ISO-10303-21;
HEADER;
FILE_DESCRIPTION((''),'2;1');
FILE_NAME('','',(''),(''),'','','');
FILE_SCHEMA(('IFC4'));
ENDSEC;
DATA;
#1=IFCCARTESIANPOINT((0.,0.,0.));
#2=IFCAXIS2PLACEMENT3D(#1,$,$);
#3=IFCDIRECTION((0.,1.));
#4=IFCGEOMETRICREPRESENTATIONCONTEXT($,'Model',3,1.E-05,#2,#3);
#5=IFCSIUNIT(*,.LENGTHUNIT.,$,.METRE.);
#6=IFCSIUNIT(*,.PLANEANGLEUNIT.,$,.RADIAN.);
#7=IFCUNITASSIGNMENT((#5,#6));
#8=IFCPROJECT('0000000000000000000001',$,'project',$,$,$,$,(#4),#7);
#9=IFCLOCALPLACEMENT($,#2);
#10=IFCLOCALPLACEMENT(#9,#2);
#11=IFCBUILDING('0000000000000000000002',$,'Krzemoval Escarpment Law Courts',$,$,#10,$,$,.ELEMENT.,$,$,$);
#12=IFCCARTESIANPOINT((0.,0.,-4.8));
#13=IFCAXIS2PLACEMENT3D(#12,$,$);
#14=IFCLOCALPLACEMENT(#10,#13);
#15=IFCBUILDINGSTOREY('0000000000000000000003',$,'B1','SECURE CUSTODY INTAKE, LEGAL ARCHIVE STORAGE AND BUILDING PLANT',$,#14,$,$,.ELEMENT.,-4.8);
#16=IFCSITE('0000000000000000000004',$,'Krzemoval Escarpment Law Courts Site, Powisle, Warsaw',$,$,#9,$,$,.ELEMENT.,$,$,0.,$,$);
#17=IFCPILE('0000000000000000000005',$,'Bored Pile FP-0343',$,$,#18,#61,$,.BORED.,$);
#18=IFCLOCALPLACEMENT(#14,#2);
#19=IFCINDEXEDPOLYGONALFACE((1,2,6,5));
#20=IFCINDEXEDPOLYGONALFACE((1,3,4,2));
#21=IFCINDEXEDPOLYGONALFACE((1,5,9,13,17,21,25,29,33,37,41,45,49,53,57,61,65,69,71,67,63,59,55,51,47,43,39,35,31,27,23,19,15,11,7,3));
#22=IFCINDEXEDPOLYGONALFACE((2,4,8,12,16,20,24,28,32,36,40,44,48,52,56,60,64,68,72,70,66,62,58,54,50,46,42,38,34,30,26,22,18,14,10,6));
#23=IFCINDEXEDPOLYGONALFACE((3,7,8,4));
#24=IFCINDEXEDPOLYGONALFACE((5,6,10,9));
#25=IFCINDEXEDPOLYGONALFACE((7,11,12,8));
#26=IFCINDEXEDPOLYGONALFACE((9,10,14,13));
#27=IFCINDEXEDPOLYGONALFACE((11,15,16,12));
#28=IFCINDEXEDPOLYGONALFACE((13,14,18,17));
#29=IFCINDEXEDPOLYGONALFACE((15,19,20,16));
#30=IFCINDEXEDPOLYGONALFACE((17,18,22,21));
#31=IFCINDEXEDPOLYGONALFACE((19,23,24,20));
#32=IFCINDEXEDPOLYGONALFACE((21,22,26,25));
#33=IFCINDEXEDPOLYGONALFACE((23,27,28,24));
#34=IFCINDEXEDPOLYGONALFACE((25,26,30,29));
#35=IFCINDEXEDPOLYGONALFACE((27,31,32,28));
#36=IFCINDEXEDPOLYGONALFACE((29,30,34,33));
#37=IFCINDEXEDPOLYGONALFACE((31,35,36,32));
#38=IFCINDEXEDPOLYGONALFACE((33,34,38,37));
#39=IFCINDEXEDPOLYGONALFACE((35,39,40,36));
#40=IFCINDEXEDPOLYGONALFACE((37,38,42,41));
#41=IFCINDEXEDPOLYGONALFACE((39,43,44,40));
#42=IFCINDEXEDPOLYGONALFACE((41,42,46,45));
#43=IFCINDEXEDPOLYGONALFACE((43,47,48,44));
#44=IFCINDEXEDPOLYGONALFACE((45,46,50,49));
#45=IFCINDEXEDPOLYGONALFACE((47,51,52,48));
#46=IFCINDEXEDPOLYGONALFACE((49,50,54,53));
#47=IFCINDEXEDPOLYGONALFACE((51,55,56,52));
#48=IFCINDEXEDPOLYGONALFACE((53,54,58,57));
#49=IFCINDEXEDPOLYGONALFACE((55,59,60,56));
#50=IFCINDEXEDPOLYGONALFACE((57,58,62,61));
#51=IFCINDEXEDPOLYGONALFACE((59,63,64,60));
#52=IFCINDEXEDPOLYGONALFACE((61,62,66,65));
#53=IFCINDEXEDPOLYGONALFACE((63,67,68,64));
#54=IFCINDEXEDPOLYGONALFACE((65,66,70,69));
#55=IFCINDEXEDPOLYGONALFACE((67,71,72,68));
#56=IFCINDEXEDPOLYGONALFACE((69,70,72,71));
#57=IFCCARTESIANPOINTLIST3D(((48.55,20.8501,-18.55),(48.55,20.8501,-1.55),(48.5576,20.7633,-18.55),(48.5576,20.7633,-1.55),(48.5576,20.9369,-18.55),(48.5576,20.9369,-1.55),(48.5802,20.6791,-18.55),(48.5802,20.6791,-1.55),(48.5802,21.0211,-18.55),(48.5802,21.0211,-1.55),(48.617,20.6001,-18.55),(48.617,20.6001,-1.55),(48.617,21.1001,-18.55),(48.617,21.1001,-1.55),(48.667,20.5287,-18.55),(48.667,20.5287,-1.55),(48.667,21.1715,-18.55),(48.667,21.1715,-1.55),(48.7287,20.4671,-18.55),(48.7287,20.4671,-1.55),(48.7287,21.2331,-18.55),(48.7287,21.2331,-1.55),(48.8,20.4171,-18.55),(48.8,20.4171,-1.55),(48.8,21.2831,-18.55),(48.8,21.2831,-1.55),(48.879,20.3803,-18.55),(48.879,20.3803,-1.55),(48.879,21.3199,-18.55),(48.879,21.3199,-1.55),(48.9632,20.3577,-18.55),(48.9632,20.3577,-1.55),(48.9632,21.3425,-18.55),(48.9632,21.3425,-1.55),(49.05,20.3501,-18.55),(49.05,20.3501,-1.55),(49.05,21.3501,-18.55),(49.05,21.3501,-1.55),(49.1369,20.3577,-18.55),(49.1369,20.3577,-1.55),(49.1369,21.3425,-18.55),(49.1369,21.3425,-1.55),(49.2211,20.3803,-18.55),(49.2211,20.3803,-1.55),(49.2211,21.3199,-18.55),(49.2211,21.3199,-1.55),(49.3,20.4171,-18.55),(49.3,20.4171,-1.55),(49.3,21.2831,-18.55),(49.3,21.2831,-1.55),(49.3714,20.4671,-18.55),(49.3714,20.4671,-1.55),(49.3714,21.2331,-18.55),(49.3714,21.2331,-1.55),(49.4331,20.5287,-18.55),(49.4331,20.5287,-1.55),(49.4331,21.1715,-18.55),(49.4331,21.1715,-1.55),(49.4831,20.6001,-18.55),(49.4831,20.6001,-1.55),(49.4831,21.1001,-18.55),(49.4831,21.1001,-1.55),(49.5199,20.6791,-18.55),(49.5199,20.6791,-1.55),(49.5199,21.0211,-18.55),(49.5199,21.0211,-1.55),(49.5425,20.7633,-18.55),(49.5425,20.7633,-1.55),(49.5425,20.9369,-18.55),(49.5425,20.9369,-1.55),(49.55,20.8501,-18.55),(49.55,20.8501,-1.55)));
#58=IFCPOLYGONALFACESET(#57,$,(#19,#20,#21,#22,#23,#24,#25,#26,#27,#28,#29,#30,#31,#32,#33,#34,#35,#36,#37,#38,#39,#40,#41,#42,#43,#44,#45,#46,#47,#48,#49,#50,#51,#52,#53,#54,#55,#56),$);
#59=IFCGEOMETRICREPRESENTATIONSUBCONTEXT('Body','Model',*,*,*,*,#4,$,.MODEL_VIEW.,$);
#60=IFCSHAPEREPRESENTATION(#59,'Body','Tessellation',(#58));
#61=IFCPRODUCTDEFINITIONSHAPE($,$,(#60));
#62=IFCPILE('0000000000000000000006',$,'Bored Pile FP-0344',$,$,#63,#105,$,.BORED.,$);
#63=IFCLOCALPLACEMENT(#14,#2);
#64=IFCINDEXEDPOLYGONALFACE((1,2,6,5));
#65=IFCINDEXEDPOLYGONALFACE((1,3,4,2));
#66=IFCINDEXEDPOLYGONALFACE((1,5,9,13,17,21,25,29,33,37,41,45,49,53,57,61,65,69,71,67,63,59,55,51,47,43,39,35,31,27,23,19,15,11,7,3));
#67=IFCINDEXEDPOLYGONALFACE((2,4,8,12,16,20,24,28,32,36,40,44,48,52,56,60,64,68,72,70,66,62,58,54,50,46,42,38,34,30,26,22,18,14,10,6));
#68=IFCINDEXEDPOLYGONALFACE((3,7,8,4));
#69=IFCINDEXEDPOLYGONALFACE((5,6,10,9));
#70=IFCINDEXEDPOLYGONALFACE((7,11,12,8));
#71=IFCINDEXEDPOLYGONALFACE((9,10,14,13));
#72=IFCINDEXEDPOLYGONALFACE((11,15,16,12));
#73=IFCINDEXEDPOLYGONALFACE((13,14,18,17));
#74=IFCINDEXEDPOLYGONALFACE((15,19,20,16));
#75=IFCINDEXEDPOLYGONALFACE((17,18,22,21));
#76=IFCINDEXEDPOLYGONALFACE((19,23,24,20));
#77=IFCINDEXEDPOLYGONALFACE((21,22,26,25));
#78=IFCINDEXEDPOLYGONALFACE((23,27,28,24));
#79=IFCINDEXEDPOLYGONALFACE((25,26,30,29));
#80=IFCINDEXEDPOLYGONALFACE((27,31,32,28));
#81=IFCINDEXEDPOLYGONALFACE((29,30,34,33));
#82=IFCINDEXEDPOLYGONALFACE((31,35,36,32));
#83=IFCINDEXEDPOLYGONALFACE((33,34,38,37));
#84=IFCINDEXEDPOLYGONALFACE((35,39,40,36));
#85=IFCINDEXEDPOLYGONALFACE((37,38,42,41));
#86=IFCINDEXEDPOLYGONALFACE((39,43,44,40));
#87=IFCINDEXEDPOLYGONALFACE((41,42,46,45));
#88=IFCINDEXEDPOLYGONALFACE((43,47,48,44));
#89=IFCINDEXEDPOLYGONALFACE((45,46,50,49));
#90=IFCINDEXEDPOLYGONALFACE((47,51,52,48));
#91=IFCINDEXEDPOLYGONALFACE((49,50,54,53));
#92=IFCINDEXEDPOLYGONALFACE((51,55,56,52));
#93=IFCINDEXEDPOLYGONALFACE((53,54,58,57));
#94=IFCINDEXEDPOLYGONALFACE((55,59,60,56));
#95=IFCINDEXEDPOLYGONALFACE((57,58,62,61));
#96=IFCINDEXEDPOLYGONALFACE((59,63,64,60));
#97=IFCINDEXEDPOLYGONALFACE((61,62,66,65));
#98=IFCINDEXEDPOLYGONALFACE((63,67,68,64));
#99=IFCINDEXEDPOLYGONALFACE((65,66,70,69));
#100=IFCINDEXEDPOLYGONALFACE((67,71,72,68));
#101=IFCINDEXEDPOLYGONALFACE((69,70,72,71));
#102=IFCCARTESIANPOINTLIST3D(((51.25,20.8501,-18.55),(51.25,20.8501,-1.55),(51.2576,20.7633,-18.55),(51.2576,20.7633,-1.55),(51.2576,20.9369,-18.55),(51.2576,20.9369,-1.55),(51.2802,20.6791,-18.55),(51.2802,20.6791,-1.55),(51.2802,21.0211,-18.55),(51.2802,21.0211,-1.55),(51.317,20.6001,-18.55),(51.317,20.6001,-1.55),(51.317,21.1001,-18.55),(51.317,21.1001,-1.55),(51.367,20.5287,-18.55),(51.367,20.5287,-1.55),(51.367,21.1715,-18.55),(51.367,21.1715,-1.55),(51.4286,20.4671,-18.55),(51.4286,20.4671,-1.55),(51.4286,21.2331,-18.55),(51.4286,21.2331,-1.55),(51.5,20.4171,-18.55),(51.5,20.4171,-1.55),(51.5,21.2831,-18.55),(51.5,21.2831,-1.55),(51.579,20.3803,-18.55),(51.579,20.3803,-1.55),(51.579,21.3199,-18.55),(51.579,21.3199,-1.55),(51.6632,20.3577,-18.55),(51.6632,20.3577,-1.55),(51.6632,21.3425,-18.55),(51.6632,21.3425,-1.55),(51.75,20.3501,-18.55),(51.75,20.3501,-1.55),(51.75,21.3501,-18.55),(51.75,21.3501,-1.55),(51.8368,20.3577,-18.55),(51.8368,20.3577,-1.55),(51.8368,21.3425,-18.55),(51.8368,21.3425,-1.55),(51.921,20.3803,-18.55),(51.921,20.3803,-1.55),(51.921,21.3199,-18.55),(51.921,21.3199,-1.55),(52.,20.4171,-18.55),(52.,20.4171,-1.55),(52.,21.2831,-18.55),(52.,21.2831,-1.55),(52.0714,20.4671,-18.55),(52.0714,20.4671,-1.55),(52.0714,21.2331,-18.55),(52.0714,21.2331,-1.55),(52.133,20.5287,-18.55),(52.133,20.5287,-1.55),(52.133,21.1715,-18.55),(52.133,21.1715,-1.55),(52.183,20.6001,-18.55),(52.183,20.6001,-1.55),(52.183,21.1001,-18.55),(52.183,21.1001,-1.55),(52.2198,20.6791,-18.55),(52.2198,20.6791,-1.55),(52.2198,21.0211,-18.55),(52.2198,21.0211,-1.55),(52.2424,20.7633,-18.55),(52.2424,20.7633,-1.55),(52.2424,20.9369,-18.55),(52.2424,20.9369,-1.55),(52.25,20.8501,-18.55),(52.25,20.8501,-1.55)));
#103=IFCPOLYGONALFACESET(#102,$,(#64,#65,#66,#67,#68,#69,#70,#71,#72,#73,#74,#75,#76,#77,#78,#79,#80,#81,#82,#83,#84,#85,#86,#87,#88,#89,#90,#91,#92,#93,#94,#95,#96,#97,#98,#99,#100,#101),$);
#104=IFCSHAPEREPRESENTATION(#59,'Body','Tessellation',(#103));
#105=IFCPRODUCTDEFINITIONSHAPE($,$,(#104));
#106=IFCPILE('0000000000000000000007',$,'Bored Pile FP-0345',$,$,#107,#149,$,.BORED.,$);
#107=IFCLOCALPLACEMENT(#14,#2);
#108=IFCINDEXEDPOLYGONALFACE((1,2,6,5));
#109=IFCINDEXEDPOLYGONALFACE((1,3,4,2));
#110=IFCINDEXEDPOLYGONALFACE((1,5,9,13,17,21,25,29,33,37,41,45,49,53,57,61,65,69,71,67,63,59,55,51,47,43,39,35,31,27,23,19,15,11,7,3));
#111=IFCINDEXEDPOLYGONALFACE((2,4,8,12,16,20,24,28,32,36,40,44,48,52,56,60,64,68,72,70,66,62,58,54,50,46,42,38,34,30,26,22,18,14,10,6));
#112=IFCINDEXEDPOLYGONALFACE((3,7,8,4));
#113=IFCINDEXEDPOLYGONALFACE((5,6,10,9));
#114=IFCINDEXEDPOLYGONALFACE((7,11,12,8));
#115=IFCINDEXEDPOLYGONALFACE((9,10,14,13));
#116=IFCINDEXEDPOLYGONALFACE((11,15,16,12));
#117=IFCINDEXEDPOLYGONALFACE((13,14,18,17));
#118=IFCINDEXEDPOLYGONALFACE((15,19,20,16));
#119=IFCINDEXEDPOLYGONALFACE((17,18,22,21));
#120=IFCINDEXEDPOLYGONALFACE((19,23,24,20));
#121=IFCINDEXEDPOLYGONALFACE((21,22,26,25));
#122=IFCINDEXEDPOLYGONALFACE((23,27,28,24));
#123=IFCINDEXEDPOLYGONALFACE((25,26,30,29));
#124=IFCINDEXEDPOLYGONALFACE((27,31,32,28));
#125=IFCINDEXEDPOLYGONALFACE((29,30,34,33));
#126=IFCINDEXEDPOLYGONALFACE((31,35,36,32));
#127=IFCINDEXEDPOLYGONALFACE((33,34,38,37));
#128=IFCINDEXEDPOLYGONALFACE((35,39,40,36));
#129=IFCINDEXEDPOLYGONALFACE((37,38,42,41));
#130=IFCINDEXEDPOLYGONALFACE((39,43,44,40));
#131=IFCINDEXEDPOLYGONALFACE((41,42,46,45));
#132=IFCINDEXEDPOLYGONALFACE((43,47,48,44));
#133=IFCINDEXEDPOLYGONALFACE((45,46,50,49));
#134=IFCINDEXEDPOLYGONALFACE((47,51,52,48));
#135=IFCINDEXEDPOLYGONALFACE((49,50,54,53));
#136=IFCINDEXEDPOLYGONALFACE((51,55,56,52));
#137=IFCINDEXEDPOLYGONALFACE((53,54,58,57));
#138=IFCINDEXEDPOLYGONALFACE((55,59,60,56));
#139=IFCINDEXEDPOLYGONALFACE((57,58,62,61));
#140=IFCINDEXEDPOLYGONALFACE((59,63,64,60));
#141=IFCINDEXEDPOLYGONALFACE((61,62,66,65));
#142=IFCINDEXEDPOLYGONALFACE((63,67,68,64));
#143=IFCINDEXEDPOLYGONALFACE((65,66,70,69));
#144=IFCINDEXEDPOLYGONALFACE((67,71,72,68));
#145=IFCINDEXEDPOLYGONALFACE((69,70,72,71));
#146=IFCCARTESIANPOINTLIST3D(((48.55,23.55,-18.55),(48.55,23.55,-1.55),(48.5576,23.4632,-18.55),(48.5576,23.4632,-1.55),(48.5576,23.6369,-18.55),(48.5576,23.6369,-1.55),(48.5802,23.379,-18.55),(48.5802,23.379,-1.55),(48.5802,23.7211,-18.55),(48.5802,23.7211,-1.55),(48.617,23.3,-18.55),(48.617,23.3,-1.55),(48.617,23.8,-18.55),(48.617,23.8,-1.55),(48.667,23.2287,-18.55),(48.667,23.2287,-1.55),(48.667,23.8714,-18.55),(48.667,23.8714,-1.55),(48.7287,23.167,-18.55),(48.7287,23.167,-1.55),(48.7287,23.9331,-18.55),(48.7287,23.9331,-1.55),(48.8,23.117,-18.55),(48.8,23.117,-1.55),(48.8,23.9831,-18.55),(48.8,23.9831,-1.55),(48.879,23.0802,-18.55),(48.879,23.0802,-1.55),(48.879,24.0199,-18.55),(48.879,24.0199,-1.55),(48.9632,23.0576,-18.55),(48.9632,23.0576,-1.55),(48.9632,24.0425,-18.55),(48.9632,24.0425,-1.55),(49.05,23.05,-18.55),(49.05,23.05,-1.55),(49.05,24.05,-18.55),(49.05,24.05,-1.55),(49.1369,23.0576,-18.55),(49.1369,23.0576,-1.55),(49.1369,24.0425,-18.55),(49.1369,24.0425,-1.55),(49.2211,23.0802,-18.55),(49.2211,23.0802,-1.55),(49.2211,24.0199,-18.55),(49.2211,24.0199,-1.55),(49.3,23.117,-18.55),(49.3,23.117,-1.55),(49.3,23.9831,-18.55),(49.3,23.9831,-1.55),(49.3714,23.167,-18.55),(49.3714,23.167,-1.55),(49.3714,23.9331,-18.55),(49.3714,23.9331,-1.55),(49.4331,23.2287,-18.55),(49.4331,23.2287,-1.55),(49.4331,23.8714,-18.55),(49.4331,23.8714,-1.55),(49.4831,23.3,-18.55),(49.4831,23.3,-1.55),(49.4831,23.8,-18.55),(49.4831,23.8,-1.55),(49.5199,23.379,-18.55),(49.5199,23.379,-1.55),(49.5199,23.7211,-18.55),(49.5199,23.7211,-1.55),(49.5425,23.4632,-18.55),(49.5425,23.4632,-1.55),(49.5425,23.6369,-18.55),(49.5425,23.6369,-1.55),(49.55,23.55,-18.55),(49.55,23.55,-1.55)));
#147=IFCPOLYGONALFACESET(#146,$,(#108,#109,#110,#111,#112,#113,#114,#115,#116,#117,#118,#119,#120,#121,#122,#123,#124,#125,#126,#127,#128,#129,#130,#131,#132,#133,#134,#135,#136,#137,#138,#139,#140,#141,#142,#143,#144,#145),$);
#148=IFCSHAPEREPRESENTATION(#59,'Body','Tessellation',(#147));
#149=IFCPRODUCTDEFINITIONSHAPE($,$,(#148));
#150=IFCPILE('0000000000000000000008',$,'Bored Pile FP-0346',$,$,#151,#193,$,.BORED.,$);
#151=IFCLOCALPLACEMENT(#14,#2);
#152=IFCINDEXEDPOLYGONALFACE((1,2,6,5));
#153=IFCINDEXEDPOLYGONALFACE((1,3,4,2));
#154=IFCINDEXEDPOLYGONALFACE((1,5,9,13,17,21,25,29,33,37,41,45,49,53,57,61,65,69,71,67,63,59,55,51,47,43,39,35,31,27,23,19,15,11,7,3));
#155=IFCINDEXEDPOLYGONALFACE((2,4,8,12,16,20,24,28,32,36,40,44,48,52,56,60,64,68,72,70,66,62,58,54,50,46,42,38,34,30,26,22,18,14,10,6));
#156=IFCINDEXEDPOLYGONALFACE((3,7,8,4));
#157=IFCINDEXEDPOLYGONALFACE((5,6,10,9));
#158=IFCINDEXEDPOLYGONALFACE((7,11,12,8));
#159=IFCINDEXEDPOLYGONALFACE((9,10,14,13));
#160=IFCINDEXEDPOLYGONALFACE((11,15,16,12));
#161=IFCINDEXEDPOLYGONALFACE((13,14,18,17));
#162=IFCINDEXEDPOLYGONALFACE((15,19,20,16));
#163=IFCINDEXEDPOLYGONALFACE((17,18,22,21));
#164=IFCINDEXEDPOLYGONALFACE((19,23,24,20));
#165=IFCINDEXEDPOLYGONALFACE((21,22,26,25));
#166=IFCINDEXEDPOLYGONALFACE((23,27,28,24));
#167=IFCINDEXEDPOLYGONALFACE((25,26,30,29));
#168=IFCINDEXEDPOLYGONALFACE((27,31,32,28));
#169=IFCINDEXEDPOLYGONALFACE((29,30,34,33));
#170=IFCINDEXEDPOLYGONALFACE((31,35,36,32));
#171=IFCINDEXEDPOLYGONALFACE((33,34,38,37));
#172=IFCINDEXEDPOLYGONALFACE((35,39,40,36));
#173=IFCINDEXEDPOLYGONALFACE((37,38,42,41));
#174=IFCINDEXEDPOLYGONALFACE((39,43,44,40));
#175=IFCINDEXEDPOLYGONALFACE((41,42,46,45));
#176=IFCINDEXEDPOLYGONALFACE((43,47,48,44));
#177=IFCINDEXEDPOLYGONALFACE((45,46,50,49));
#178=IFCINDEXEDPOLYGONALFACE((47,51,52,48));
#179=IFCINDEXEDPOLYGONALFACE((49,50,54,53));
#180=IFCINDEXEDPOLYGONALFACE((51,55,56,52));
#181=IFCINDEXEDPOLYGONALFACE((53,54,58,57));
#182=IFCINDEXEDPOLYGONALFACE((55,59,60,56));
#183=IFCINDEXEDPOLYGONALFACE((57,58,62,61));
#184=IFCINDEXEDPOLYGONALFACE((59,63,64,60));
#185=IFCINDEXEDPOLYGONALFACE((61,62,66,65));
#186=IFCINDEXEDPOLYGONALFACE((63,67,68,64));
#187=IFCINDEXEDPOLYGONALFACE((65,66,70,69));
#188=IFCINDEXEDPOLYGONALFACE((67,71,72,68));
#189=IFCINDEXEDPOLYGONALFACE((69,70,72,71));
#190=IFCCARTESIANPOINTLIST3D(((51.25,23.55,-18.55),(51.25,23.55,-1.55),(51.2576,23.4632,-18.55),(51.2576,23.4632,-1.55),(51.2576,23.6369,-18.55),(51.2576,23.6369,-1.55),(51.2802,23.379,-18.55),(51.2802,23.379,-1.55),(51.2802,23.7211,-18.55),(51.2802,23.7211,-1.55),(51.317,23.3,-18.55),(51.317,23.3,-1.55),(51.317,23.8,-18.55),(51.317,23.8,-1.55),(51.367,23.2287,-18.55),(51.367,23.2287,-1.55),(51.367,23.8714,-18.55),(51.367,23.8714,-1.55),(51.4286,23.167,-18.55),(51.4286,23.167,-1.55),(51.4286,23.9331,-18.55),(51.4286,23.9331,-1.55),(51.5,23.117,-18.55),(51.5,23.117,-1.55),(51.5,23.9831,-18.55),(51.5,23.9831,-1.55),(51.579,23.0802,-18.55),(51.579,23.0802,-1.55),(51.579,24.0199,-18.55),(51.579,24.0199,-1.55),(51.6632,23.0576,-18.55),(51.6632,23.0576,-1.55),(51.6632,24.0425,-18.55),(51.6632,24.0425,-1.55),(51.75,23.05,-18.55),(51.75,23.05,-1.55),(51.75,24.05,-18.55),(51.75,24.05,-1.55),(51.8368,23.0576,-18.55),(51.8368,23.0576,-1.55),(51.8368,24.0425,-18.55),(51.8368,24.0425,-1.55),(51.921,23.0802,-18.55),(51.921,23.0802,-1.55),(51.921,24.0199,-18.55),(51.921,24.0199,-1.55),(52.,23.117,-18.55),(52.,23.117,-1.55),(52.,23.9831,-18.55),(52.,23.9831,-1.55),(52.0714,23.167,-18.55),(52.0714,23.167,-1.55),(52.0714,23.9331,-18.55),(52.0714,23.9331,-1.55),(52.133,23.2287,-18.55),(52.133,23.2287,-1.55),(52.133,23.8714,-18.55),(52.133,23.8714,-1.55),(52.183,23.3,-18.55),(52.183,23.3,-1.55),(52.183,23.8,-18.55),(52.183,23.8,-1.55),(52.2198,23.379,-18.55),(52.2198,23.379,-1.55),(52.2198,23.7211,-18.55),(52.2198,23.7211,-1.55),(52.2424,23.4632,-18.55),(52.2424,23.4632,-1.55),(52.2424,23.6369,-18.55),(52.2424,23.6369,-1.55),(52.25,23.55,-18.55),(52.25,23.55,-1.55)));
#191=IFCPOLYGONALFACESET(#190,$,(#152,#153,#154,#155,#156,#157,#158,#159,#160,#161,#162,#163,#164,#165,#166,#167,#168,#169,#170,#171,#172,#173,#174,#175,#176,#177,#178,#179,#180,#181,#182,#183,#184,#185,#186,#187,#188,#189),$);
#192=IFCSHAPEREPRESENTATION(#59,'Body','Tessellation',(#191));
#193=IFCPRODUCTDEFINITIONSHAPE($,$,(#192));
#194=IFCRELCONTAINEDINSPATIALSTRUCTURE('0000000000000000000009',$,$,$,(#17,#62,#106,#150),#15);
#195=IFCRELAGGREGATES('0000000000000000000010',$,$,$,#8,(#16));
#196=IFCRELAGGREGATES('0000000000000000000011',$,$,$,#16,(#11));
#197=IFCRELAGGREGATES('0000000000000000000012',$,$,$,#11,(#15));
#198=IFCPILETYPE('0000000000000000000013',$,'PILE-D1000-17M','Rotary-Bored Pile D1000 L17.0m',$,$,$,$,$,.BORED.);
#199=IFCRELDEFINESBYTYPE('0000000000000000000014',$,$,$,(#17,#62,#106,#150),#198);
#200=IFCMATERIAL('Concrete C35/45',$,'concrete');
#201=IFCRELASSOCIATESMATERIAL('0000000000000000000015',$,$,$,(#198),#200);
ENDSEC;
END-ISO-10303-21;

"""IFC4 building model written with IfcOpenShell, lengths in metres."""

from ifc_helpers import new_model, si_unit, direction, frame, origin, origin_2d, place, context, subcontext, project, spatial, circle, extrude, material, material_profile, profile_set, type_object, element, save


model = new_model("IFC4")

# Units and contexts
model_context = context("Model", 3, precision=1e-05, world=origin(), true_north=direction((0.0, 1.0)))
body_context = subcontext(model_context, "Body", "Model", "MODEL_VIEW")
ifc_project = project(units=[si_unit("LENGTHUNIT", "METRE"), si_unit("PLANEANGLEUNIT", "RADIAN")], contexts=[model_context])

# Site, building, storey
site_placement = place(None, origin())
site = spatial("IfcSite", under=ifc_project, at=site_placement, Name="Krzemoval Escarpment Law Courts Site, Powisle, Warsaw", CompositionType="ELEMENT", RefElevation=0.0)
building_placement = place(site_placement, origin())
building = spatial("IfcBuilding", under=site, at=building_placement, Name="Krzemoval Escarpment Law Courts", CompositionType="ELEMENT")
storey_placement = place(building_placement, frame((0.0, 0.0, -4.8)))
storey = spatial("IfcBuildingStorey", under=building, at=storey_placement, Name="B1", Description="SECURE CUSTODY INTAKE, LEGAL ARCHIVE STORAGE AND BUILDING PLANT", CompositionType="ELEMENT", Elevation=-4.8)

# Piles
ifc_material_1 = material(Name="Concrete C35/45", Category="concrete")
ifc_material_profile_1 = material_profile(ifc_material_1, circle(Radius=0.5, at=origin_2d()), Name="PILE D1000")
ifc_profile_set_1 = profile_set([ifc_material_profile_1], Name="Concrete C35/45")
pile_type = type_object("IfcPileType", Name="PILE-D1000-17M", Description="Rotary-Bored Pile D1000 L17.0m", PredefinedType="BORED", material=ifc_profile_set_1)
for number, where, z_axis, x_axis, name in (
    (1, (49.05, 20.8501, -1.55), (0.0, 0.0, -1.0), (1.0, 0.0, 0.0), "Bored Pile FP-0343"),
    (2, (51.75, 20.8501, -1.55), (0.0, 0.0, -1.0), (1.0, 0.0, 0.0), "Bored Pile FP-0344"),
    (3, (49.05, 23.55, -1.55), (0.0, 0.0, -1.0), (1.0, 0.0, 0.0), "Bored Pile FP-0345"),
    (4, (51.75, 23.55, -1.55), (0.0, 0.0, -1.0), (1.0, 0.0, 0.0), "Bored Pile FP-0346"),
):
    element("IfcPile", number, at=place(storey_placement, frame(where, z_axis=z_axis, x_axis=x_axis)), inside=storey, type_object=pile_type, Name=name, PredefinedType="BORED", context=body_context, shape_type="SweptSolid", body=[
        extrude(circle(Radius=0.5, at=origin_2d()), origin(), (0.0, 0.0, 1.0), 17.0),
    ])

save(model, "model.ifc")
